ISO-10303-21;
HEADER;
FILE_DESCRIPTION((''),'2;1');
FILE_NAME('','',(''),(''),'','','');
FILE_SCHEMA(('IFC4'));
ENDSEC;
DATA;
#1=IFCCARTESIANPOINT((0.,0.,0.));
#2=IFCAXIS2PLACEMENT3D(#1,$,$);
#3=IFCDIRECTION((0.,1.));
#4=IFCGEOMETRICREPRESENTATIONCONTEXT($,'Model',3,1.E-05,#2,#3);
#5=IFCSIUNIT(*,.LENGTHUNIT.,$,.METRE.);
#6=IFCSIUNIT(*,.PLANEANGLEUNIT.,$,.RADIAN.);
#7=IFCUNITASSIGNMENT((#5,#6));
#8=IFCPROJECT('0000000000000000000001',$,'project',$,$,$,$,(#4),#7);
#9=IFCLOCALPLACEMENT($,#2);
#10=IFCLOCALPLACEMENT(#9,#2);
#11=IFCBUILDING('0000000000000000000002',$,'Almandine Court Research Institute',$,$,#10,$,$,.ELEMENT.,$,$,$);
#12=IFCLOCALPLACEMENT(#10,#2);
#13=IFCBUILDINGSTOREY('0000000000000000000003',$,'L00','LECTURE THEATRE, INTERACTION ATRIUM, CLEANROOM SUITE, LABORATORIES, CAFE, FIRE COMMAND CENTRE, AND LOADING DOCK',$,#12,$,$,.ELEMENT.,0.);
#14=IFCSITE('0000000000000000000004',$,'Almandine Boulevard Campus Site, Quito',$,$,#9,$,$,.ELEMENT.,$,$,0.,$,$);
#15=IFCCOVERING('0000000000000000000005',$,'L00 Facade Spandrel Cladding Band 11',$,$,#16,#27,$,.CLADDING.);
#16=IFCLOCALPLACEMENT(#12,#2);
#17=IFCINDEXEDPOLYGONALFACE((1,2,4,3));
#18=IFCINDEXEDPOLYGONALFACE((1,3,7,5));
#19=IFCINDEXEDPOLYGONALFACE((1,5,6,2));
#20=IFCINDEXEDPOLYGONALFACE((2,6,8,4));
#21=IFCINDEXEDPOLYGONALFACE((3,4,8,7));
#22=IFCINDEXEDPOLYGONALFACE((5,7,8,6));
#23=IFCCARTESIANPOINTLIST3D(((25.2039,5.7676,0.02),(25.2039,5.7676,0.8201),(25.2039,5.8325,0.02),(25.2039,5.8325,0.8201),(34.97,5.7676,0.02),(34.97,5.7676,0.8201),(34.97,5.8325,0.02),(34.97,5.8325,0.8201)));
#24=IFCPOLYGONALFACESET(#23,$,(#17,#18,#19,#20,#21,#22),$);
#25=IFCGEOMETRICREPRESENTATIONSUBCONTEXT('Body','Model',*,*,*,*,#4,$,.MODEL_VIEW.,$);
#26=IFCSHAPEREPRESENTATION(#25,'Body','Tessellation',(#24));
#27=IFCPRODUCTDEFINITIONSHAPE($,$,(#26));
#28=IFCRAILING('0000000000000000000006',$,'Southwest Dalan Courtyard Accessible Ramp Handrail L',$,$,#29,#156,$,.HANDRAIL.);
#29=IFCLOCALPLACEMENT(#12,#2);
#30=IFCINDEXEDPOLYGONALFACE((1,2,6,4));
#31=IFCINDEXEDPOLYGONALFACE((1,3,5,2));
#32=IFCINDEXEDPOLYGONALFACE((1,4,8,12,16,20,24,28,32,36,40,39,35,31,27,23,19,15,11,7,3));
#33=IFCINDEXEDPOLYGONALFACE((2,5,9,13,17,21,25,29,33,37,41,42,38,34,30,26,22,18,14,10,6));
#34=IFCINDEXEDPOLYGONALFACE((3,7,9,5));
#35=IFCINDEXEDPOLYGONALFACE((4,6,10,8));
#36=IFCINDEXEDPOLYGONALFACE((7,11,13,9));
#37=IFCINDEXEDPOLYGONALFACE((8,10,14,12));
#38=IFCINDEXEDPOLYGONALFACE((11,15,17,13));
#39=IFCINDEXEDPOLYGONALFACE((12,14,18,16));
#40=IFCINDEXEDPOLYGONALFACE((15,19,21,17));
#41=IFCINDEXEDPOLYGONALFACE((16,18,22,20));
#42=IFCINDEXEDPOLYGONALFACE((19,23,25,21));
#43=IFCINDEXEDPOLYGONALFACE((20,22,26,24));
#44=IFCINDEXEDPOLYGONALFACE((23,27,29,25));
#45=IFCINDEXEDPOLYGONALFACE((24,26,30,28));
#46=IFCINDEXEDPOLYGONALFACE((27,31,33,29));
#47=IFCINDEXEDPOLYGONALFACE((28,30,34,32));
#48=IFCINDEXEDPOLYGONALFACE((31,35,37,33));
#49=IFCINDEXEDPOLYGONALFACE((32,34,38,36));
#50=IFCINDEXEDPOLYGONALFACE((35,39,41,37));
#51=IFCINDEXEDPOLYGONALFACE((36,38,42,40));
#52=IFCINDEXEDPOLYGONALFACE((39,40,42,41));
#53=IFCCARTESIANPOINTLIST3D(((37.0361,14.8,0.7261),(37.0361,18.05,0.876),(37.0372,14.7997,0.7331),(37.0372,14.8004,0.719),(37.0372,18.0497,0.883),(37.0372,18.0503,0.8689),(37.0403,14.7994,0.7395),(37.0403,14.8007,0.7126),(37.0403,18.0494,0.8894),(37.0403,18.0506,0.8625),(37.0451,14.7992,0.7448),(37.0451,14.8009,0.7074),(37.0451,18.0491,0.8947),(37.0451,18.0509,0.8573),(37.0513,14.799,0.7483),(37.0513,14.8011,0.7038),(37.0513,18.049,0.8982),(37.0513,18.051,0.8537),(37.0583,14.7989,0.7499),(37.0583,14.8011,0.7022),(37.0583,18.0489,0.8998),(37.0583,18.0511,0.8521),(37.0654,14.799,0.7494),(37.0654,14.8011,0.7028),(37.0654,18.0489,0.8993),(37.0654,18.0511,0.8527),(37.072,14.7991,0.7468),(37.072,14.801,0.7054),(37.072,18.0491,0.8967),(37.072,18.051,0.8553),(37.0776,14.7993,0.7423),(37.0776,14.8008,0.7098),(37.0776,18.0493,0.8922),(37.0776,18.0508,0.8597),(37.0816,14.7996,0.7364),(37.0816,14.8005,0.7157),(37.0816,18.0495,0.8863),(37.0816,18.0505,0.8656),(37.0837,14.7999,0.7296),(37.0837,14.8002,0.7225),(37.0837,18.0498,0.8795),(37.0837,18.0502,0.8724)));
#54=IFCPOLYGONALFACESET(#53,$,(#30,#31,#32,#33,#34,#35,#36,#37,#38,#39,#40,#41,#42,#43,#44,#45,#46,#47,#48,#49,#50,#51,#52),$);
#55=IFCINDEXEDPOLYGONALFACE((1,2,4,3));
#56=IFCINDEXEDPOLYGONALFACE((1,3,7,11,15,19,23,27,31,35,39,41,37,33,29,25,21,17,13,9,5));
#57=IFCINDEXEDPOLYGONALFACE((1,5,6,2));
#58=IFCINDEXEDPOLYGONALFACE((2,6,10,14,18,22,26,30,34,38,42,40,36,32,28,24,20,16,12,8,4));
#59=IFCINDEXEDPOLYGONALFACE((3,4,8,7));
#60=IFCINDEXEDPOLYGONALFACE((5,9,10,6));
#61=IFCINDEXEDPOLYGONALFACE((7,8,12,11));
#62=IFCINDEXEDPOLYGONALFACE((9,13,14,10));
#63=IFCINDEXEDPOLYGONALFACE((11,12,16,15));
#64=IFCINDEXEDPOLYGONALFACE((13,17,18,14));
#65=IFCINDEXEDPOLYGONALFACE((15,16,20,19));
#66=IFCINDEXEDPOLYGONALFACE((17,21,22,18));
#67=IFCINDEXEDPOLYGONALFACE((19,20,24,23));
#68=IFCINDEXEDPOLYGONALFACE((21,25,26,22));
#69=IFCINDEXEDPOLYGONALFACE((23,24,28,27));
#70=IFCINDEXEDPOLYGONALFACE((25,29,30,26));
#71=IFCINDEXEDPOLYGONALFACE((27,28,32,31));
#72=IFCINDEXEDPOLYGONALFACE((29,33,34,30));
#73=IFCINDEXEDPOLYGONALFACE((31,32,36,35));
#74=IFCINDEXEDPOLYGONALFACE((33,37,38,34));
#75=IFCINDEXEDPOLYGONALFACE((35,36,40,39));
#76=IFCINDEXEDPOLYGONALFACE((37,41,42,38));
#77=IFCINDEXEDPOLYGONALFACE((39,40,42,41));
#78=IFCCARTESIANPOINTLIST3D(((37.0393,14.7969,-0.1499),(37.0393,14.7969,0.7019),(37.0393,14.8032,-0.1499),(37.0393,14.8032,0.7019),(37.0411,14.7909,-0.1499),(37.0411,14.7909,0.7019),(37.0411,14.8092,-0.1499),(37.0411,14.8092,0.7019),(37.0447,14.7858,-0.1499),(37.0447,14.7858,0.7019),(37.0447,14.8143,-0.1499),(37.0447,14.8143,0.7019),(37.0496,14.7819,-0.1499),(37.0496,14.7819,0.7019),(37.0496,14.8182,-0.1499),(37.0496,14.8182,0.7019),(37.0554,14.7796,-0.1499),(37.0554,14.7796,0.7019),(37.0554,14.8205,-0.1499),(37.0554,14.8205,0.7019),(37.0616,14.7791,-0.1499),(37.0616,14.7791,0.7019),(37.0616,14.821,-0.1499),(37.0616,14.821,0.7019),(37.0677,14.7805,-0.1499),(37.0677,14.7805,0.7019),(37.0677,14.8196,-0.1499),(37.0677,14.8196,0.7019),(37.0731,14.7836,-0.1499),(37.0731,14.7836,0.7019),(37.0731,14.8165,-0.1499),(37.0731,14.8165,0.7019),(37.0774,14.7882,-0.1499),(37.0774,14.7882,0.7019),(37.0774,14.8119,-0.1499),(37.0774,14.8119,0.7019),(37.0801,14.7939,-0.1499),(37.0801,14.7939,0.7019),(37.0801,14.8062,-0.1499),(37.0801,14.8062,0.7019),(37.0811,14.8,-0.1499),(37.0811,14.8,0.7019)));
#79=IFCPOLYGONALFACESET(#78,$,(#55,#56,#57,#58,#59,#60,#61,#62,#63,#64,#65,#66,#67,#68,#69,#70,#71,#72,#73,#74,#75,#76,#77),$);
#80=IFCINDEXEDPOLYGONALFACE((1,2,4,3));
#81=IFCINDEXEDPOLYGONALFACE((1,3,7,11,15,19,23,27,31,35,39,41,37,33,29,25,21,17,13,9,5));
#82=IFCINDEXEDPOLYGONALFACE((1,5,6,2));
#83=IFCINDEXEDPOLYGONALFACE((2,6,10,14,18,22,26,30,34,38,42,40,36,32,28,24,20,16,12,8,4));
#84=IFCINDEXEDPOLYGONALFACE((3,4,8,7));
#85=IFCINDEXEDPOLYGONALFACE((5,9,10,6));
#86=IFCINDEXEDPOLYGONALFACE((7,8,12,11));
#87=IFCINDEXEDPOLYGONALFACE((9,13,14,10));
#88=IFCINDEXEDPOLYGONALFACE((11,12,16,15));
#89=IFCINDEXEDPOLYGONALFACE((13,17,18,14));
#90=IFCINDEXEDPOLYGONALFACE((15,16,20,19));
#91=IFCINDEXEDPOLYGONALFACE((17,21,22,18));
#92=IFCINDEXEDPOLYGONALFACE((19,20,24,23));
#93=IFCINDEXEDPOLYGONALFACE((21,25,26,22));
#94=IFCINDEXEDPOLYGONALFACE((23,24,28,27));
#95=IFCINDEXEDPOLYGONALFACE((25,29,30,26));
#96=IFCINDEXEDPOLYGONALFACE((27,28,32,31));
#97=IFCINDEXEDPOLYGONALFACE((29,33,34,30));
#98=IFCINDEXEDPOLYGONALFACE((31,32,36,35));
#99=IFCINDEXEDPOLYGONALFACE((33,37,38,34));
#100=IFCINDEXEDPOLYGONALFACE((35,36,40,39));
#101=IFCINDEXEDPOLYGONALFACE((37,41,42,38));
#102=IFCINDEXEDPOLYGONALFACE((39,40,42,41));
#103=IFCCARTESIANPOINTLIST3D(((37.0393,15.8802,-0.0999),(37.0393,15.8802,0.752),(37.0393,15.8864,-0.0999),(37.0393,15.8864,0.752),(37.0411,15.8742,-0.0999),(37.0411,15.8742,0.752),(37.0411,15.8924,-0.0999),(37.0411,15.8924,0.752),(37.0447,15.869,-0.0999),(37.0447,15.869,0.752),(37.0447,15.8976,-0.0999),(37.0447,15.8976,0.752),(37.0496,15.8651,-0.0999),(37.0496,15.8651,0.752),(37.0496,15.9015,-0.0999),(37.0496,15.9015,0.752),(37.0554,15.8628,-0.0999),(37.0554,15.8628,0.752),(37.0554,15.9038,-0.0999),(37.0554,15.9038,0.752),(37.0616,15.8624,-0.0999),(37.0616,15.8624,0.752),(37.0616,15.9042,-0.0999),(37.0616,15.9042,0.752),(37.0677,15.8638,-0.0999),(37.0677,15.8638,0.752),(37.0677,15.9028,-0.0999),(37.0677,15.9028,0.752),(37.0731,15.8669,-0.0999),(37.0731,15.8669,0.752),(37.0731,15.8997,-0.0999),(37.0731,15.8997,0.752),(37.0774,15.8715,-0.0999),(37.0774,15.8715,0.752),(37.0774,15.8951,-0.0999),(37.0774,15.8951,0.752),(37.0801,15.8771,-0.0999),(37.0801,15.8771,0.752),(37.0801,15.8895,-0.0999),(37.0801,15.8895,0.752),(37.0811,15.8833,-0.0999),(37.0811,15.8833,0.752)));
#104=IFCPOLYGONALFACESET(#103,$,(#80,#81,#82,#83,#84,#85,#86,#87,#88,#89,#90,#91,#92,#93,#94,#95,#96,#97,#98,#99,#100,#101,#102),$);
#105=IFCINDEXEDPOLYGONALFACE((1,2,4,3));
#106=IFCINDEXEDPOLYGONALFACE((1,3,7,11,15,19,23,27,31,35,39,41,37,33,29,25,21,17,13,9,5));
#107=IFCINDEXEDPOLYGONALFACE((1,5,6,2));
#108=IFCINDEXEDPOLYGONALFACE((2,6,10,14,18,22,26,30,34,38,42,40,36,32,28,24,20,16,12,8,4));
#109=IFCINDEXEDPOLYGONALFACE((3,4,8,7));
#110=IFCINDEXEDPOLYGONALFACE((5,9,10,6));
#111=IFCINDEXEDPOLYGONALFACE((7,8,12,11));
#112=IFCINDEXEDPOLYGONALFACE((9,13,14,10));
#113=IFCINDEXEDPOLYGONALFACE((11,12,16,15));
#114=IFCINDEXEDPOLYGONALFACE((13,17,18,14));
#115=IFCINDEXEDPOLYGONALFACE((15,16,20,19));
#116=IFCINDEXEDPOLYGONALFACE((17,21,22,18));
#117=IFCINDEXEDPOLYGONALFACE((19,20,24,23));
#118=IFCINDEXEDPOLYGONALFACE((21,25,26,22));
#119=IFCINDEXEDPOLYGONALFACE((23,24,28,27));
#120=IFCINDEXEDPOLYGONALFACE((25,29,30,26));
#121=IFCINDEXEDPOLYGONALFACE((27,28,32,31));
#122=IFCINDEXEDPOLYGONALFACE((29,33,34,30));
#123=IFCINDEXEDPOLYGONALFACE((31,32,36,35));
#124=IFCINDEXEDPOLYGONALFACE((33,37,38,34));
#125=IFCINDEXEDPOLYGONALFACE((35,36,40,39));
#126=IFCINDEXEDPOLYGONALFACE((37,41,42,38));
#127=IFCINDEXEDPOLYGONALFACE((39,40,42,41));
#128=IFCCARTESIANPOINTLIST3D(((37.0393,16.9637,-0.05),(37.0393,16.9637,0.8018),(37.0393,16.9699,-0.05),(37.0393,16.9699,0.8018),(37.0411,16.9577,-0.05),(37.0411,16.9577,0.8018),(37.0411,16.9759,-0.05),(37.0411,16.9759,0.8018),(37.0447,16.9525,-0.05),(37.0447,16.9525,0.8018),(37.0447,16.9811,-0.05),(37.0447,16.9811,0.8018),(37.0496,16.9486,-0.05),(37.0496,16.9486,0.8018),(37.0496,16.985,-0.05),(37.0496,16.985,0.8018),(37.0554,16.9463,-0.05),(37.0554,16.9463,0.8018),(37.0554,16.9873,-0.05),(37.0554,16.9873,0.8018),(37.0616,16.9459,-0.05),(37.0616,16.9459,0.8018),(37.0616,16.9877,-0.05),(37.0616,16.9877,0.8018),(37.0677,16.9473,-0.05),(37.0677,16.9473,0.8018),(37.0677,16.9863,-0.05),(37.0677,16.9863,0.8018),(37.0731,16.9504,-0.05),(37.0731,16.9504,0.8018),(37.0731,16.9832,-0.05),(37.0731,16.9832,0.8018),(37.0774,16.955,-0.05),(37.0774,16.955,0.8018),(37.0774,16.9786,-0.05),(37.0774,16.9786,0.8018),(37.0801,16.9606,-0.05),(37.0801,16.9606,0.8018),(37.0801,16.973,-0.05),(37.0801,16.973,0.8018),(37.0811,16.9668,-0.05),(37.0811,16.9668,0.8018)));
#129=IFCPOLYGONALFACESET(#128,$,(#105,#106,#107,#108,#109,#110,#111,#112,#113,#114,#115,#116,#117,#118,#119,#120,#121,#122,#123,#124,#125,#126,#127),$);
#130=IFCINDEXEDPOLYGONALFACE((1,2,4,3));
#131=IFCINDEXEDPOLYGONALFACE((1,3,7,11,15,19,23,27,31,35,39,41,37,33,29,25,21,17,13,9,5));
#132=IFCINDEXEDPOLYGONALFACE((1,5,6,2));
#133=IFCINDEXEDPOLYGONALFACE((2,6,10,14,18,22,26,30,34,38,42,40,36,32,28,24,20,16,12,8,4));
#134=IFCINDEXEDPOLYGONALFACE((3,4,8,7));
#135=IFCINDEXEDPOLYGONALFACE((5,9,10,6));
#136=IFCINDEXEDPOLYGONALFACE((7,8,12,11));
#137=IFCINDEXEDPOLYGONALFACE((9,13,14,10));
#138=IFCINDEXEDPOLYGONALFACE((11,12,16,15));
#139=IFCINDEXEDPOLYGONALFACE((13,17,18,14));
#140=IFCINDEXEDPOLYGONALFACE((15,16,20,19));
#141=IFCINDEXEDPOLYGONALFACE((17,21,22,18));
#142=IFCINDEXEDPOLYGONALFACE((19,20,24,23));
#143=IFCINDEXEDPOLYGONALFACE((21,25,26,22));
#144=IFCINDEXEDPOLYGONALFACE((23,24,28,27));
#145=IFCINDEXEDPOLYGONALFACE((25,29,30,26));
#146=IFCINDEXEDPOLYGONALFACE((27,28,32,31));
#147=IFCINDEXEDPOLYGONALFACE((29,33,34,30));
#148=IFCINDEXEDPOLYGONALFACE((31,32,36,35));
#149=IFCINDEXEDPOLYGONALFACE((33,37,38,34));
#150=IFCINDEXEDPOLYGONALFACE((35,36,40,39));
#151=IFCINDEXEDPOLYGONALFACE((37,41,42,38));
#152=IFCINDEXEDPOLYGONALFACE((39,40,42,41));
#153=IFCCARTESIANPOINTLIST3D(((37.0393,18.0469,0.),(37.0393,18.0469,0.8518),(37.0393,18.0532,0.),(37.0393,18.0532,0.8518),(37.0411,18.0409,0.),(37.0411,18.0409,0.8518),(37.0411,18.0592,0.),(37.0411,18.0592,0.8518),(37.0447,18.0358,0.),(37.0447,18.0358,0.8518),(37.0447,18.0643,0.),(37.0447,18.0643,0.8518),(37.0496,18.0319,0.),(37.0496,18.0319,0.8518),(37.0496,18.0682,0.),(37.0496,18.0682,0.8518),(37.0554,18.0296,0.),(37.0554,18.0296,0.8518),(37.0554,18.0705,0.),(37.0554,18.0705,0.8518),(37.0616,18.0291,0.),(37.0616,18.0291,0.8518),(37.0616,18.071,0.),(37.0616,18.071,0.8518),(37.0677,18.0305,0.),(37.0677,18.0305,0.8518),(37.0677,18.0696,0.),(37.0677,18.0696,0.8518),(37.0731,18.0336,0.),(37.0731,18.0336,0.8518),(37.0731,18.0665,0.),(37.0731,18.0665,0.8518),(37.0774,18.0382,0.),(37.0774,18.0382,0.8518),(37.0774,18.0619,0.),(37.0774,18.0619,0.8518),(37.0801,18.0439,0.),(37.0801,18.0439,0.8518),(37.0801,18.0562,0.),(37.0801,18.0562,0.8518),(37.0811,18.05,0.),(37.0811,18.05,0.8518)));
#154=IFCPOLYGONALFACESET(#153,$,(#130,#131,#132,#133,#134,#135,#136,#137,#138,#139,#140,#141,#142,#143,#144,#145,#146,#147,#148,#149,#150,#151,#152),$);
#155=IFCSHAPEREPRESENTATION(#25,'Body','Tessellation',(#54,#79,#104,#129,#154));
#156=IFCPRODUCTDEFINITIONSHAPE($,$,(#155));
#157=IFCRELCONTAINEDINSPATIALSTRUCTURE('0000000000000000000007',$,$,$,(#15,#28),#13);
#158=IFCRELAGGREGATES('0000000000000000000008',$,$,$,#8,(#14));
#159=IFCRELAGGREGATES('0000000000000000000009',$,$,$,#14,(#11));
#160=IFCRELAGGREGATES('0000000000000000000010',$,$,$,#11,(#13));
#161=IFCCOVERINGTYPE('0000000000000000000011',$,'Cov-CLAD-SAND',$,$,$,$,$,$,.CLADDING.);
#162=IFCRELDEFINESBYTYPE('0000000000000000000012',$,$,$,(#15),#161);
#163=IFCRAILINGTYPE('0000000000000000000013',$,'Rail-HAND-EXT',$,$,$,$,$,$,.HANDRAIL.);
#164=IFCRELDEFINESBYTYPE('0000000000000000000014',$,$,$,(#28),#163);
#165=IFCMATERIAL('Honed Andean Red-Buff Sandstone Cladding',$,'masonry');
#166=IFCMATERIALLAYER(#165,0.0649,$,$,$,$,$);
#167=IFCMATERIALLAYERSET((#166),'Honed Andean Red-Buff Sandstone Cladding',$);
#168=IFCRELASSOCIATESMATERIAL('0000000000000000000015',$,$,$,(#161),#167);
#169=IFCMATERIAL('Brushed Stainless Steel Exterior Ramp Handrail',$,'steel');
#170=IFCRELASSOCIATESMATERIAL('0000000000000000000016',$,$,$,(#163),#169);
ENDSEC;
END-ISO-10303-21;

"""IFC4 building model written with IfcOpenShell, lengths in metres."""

from ifc_helpers import new_model, si_unit, direction, frame, origin, origin_2d, place, context, subcontext, project, spatial, rectangle, circle, extrude, material, layer, layer_set, type_object, element, save


model = new_model("IFC4")

# Units and contexts
model_context = context("Model", 3, precision=1e-05, world=origin(), true_north=direction((0.0, 1.0)))
body_context = subcontext(model_context, "Body", "Model", "MODEL_VIEW")
ifc_project = project(units=[si_unit("LENGTHUNIT", "METRE"), si_unit("PLANEANGLEUNIT", "RADIAN")], contexts=[model_context])

# Site, building, storey
site_placement = place(None, origin())
site = spatial("IfcSite", under=ifc_project, at=site_placement, Name="Almandine Boulevard Campus Site, Quito", CompositionType="ELEMENT", RefElevation=0.0)
building_placement = place(site_placement, origin())
building = spatial("IfcBuilding", under=site, at=building_placement, Name="Almandine Court Research Institute", CompositionType="ELEMENT")
storey_placement = place(building_placement, origin())
storey = spatial("IfcBuildingStorey", under=building, at=storey_placement, Name="L00", Description="LECTURE THEATRE, INTERACTION ATRIUM, CLEANROOM SUITE, LABORATORIES, CAFE, FIRE COMMAND CENTRE, AND LOADING DOCK", CompositionType="ELEMENT", Elevation=0.0)

# Covering
ifc_material_1 = material(Name="Honed Andean Red-Buff Sandstone Cladding", Category="masonry")
ifc_layer_1 = layer(ifc_material_1, 0.0649)
ifc_layer_set_1 = layer_set([ifc_layer_1], Name="Honed Andean Red-Buff Sandstone Cladding")
covering_type = type_object("IfcCoveringType", Name="Cov-CLAD-SAND", PredefinedType="CLADDING", material=ifc_layer_set_1)
covering_1_placement = place(storey_placement, frame((30.0869, 5.8, 0.02), z_axis=(0.0, 0.0, 1.0), x_axis=(-1.0, 0.0, 0.0)))
element("IfcCovering", 1, at=covering_1_placement, inside=storey, type_object=covering_type, Name="L00 Facade Spandrel Cladding Band 11", PredefinedType="CLADDING", context=body_context, shape_type="SweptSolid", body=[
    extrude(rectangle(XDim=9.7661, YDim=0.0649, at=origin_2d()), origin(), (0.0, 0.0, 1.0), 0.8),
])

# Railing
ifc_material_2 = material(Name="Brushed Stainless Steel Exterior Ramp Handrail", Category="steel")
railing_type = type_object("IfcRailingType", Name="Rail-HAND-EXT", PredefinedType="HANDRAIL", material=ifc_material_2)
for number, where, name in (
    (2, (37.0601, 14.8, -0.1499), "Southwest Dalan Courtyard Accessible Ramp Handrail L"),
):
    element("IfcRailing", number, at=place(storey_placement, frame(where)), inside=storey, type_object=railing_type, Name=name, PredefinedType="HANDRAIL", context=body_context, shape_type="SweptSolid", body=[
        extrude(circle(Radius=0.0239, at=origin_2d()), frame((0.0, 0.0, 0.876), z_axis=(0.0, 0.998938, 0.046075), x_axis=(-1.0, 0.0, 0.0)), (0.0, 0.0, 1.0), 3.2534),
        extrude(circle(Radius=0.021, at=origin_2d()), origin(), (0.0, 0.0, 1.0), 0.8518),
        extrude(circle(Radius=0.021, at=origin_2d()), frame((0.0, 1.0833, 0.05)), (0.0, 0.0, 1.0), 0.8518),
        extrude(circle(Radius=0.021, at=origin_2d()), frame((0.0, 2.1667, 0.0999)), (0.0, 0.0, 1.0), 0.8518),
        extrude(circle(Radius=0.021, at=origin_2d()), frame((0.0, 3.25, 0.1499)), (0.0, 0.0, 1.0), 0.8518),
    ])

save(model, "model.ifc")
